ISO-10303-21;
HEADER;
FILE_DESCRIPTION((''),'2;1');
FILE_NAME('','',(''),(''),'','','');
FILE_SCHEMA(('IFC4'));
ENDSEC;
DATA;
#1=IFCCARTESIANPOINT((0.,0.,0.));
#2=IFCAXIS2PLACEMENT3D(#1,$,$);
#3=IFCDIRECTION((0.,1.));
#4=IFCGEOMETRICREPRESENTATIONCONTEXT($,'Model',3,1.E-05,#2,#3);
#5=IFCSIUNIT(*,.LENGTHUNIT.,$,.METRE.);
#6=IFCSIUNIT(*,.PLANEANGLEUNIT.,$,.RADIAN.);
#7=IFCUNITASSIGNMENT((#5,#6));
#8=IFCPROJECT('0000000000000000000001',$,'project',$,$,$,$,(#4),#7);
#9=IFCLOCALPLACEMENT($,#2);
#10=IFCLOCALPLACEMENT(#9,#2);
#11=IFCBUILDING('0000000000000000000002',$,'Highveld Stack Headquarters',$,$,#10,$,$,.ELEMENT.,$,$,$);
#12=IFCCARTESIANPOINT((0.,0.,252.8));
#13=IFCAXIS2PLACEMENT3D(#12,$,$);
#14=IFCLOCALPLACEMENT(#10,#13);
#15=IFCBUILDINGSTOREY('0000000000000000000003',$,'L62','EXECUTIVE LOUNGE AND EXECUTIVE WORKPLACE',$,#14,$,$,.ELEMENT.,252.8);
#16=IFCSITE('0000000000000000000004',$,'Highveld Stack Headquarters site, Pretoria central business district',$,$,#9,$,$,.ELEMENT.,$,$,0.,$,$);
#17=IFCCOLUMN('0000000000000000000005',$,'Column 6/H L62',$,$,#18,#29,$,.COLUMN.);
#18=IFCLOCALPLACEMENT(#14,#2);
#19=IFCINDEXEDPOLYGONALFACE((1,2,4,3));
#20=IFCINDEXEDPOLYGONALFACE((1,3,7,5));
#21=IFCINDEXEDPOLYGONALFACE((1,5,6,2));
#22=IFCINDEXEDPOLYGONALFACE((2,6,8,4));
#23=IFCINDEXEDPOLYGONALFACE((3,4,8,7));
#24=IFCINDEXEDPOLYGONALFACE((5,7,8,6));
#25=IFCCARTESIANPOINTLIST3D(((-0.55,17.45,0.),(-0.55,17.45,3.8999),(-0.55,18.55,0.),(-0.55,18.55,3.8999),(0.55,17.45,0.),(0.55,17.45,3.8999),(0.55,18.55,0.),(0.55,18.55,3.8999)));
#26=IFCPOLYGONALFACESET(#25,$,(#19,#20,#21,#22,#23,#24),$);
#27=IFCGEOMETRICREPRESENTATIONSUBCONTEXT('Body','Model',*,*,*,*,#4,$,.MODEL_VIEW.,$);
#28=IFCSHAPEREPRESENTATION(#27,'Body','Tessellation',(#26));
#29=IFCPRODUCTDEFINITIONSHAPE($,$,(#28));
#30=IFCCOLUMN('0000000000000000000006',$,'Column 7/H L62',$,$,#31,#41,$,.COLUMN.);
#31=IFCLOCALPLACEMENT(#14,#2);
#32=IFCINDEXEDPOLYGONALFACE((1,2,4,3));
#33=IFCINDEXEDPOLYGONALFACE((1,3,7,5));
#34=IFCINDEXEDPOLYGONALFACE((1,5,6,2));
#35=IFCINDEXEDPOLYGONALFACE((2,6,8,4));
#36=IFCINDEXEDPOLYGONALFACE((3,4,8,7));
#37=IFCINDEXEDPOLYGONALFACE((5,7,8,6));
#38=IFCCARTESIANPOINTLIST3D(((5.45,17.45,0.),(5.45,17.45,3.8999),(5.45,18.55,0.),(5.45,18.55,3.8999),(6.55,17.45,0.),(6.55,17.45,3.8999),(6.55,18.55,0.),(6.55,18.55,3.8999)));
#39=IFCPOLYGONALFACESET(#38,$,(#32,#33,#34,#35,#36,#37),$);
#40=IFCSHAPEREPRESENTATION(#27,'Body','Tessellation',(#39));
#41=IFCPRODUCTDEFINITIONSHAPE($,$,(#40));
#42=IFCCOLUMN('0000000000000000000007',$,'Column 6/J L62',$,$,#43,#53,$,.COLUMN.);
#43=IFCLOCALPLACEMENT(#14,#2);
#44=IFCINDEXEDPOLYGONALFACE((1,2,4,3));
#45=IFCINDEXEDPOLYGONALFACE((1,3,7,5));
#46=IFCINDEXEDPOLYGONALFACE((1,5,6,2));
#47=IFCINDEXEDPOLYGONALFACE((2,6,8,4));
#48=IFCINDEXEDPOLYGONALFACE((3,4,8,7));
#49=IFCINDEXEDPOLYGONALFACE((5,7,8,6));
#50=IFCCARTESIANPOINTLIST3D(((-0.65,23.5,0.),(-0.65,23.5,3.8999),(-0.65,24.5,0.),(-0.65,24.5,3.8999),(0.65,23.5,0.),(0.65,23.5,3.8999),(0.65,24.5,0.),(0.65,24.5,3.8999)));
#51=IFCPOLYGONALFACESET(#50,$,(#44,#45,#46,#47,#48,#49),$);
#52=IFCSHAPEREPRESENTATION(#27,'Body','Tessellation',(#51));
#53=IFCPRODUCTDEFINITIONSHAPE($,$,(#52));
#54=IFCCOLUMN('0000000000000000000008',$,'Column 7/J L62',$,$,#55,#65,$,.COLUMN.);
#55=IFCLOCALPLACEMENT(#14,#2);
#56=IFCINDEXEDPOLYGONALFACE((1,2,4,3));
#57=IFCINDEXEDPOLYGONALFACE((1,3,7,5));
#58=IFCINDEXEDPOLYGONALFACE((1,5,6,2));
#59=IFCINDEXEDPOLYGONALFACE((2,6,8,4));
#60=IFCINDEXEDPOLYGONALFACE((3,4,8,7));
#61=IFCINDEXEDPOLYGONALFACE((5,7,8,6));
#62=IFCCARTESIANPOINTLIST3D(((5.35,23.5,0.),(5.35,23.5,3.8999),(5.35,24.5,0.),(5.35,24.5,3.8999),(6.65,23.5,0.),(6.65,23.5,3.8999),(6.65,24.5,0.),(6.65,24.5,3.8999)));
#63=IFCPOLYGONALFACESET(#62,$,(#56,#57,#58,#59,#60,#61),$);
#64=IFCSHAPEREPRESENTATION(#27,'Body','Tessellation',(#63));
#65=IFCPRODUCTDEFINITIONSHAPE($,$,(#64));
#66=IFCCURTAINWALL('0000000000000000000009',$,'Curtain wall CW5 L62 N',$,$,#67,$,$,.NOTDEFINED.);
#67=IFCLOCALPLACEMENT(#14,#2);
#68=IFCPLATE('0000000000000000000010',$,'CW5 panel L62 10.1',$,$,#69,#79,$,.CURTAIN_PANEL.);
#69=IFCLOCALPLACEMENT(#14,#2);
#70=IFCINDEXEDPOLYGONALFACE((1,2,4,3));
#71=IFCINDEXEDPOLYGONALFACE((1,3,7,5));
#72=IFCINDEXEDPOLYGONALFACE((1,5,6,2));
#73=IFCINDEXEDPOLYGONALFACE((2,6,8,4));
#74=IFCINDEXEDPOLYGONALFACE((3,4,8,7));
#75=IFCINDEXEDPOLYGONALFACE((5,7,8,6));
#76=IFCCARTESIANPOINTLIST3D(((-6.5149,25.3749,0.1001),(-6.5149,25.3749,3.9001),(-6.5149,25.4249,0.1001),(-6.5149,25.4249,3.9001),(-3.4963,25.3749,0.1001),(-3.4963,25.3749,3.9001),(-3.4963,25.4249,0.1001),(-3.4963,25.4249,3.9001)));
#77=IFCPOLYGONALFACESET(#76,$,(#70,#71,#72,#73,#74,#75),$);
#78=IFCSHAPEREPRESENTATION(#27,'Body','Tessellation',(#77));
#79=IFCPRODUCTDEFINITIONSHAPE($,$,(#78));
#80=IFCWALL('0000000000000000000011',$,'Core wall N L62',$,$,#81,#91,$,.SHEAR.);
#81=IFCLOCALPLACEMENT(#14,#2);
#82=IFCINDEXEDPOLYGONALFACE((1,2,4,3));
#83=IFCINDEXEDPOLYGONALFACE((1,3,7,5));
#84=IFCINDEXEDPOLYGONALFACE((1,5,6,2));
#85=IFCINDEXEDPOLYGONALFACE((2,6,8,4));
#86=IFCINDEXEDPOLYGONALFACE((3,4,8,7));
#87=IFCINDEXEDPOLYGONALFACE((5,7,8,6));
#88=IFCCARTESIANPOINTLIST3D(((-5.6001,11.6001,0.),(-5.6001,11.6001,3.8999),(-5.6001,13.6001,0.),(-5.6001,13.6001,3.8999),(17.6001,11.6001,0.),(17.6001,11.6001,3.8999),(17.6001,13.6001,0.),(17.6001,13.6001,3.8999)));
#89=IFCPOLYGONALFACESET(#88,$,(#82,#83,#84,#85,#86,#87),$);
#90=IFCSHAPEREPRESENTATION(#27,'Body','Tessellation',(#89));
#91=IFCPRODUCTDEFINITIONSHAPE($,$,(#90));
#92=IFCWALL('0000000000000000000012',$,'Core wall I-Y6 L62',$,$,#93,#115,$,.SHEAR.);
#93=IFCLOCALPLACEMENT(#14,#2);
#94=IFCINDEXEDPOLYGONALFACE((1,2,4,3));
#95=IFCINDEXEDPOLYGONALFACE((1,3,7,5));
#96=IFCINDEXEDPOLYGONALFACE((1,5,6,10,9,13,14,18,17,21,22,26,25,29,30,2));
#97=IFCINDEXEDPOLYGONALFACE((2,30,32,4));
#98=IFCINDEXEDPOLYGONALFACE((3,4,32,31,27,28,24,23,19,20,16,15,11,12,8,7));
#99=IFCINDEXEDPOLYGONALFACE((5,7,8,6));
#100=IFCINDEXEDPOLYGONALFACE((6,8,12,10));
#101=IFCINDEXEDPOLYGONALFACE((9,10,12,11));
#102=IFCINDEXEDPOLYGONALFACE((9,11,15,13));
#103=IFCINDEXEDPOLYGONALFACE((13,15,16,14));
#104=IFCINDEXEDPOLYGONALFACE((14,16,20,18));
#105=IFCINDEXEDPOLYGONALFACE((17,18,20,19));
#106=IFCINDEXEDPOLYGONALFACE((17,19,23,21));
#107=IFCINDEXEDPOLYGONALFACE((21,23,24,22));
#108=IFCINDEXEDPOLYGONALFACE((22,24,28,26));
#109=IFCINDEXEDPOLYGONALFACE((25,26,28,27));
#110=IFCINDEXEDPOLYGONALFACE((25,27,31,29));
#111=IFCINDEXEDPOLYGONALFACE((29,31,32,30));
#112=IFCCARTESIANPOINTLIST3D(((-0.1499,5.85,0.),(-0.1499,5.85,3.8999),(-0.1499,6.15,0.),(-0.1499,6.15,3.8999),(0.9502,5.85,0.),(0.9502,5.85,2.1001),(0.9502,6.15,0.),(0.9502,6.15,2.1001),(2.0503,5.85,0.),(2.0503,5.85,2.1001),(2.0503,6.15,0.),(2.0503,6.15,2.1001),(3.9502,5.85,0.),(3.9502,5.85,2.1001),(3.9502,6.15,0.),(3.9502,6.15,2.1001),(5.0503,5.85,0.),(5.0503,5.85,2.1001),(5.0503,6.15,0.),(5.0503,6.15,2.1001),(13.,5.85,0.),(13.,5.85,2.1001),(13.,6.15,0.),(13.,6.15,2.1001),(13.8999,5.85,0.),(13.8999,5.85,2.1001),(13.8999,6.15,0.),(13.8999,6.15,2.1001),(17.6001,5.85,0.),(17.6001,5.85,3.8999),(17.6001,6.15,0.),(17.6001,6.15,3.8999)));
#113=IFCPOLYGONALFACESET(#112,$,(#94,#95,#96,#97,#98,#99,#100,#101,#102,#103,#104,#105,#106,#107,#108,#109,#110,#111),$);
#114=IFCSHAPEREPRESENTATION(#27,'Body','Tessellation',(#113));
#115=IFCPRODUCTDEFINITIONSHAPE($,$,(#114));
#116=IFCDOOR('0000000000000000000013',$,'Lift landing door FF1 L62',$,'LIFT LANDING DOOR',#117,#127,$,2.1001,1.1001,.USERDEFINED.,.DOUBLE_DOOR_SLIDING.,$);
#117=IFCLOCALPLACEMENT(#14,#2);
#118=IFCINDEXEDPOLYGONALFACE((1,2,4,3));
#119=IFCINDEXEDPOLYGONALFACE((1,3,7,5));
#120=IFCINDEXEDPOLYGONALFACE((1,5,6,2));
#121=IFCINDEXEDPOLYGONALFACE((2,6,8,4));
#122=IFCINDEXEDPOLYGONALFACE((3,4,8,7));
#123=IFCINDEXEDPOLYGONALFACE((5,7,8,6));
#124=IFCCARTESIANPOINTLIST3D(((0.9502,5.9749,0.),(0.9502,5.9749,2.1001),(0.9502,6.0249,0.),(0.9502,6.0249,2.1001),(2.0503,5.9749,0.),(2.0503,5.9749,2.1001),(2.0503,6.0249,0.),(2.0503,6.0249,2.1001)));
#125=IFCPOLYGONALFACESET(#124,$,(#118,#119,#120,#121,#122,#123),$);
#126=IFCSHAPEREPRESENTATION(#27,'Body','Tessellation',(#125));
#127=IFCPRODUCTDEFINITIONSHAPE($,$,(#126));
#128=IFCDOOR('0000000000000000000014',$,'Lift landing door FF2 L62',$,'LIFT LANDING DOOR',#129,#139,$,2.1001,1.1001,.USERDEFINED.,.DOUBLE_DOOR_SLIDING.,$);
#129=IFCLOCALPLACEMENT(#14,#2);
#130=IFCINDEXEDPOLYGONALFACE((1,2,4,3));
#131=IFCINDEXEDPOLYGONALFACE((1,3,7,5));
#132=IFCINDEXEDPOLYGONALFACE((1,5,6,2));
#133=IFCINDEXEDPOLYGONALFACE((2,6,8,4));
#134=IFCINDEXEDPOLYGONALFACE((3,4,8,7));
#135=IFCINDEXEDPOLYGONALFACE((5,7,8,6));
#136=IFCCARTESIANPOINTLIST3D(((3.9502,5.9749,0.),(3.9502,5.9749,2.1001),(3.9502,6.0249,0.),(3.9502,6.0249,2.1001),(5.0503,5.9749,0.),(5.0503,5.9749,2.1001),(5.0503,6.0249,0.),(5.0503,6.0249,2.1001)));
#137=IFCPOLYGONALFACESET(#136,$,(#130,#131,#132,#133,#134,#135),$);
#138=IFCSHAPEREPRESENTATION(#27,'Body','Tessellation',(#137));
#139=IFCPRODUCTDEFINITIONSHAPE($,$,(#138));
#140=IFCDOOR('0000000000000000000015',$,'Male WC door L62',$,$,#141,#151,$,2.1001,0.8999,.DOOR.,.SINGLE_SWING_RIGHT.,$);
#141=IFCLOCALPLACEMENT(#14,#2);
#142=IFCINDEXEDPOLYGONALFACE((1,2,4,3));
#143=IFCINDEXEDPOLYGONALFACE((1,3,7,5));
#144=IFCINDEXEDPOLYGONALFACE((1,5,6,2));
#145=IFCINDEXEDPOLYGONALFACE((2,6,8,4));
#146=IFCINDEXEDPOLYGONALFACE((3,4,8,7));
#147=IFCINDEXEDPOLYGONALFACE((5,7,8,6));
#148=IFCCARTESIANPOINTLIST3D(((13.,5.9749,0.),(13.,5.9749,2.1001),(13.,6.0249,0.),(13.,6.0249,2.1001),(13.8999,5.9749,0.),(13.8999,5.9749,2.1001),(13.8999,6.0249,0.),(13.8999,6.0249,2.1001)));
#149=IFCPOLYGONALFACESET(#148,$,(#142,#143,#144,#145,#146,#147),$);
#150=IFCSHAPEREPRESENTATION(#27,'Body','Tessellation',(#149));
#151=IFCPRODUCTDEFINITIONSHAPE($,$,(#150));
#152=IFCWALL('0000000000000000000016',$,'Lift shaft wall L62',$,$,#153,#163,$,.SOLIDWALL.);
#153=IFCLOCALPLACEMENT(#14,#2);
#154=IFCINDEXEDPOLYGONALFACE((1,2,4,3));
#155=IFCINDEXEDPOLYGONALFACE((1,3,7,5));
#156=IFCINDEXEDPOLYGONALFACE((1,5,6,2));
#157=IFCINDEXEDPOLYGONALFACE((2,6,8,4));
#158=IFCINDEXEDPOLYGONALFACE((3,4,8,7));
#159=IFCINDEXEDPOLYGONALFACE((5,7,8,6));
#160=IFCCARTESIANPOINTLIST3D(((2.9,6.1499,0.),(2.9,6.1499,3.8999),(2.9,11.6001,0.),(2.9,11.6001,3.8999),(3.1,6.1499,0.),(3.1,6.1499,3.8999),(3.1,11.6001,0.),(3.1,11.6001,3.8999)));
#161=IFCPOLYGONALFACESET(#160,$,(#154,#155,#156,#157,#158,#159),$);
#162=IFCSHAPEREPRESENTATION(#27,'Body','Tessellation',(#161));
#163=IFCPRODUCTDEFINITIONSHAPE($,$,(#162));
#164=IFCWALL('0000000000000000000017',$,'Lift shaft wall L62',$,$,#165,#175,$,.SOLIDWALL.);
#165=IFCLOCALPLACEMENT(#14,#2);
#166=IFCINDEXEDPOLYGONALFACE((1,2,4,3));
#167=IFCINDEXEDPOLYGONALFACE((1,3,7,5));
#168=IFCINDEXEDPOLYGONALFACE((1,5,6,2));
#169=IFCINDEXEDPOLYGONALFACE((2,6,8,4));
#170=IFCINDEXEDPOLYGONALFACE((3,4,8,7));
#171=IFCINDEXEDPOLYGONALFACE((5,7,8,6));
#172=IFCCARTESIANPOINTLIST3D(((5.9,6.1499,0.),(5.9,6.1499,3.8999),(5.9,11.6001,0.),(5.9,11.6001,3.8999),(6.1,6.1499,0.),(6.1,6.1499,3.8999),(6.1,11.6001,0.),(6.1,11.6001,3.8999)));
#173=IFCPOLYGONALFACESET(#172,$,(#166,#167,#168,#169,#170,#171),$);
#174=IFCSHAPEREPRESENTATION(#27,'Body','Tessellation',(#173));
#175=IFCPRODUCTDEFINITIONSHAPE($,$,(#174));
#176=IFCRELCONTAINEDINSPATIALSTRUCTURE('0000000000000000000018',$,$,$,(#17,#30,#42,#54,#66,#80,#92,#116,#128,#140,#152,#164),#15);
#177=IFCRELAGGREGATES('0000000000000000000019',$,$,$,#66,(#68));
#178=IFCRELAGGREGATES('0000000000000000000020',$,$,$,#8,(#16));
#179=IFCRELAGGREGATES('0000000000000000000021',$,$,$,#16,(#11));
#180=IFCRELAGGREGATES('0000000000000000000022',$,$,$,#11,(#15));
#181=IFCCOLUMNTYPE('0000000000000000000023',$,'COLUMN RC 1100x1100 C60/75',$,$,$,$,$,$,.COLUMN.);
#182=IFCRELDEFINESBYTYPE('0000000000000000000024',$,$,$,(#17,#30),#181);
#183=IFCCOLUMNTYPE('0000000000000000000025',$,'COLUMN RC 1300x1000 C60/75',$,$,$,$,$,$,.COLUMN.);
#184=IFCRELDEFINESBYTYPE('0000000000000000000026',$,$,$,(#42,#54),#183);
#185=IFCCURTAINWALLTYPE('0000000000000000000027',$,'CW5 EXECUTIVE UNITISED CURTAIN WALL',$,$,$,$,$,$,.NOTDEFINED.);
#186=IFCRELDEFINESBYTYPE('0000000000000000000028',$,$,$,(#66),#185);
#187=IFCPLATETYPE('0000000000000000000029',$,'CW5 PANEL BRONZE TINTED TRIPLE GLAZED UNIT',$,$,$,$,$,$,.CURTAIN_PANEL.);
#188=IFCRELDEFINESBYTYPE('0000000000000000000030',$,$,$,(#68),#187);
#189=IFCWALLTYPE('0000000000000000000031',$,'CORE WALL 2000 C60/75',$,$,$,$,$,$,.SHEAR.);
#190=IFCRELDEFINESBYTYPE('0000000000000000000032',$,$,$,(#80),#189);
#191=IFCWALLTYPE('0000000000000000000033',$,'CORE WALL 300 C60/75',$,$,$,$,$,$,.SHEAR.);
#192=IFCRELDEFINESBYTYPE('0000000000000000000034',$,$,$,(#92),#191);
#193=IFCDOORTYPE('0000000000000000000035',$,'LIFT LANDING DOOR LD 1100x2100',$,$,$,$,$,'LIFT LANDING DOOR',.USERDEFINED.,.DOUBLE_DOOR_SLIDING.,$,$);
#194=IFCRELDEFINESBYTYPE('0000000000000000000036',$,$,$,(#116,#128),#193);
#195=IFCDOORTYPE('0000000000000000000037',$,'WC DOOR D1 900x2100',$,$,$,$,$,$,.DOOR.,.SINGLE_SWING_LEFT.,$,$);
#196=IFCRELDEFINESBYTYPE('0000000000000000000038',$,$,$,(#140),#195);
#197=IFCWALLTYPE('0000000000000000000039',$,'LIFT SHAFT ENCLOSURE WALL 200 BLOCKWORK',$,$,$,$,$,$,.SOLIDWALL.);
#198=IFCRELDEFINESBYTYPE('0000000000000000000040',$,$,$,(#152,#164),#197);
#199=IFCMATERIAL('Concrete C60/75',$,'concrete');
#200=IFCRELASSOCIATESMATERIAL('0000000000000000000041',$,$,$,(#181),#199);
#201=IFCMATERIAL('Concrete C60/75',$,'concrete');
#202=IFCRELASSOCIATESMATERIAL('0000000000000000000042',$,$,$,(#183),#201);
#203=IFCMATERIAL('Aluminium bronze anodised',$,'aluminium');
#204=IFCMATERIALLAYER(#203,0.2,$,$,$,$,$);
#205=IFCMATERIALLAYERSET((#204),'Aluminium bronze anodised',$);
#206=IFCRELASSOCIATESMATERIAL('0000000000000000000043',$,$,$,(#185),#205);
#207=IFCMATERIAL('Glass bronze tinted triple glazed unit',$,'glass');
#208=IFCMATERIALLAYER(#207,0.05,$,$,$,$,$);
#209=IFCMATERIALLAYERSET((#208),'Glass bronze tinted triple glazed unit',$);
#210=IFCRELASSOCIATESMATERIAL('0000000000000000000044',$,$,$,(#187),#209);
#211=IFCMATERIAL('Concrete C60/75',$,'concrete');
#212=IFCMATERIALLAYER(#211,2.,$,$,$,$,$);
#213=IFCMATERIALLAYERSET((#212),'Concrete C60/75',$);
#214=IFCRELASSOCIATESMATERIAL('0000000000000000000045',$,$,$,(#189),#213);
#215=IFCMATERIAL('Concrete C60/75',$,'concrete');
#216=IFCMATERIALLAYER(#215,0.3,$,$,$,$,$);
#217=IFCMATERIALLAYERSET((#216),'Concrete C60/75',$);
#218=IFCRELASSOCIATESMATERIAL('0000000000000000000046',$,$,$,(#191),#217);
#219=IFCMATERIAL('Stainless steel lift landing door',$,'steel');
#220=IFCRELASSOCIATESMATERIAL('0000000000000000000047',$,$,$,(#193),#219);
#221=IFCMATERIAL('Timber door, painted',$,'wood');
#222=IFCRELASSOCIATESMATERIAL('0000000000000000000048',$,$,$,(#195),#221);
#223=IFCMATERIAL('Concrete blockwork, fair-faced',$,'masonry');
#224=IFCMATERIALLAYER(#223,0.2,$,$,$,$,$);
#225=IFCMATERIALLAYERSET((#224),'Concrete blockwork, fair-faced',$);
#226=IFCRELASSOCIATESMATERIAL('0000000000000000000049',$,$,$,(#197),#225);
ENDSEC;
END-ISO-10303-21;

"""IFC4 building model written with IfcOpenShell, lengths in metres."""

from ifc_helpers import new_model, si_unit, direction, frame, frame_2d, origin, origin_2d, place, context, subcontext, project, spatial, rectangle, extrude, material, layer, layer_set, material_profile, profile_set, type_object, element, fill, aggregate, save


model = new_model("IFC4")

# Units and contexts
model_context = context("Model", 3, precision=1e-05, world=origin(), true_north=direction((0.0, 1.0)))
body_context = subcontext(model_context, "Body", "Model", "MODEL_VIEW")
ifc_project = project(units=[si_unit("LENGTHUNIT", "METRE"), si_unit("PLANEANGLEUNIT", "RADIAN")], contexts=[model_context])

# Site, building, storey
site_placement = place(None, origin())
site = spatial("IfcSite", under=ifc_project, at=site_placement, Name="Highveld Stack Headquarters site, Pretoria central business district", CompositionType="ELEMENT", RefElevation=0.0)
building_placement = place(site_placement, origin())
building = spatial("IfcBuilding", under=site, at=building_placement, Name="Highveld Stack Headquarters", CompositionType="ELEMENT")
storey_placement = place(building_placement, frame((0.0, 0.0, 252.8)))
storey = spatial("IfcBuildingStorey", under=building, at=storey_placement, Name="L62", Description="EXECUTIVE LOUNGE AND EXECUTIVE WORKPLACE", CompositionType="ELEMENT", Elevation=252.8)

# Columns
ifc_material_1 = material(Name="Concrete C60/75", Category="concrete")
ifc_material_profile_1 = material_profile(ifc_material_1, rectangle(XDim=1.1001, YDim=1.1001, at=origin_2d()), Name="RC 1100x1100")
ifc_profile_set_1 = profile_set([ifc_material_profile_1], Name="Concrete C60/75")
column_type_1 = type_object("IfcColumnType", Name="COLUMN RC 1100x1100 C60/75", PredefinedType="COLUMN", material=ifc_profile_set_1)
for number, where, z_axis, x_axis, name in (
    (1, (0.0, 18.0, 0.0), (0.0, 0.0, 1.0), (1.0, 0.0, 0.0), "Column 6/H L62"),
    (2, (6.0, 18.0, 0.0), (0.0, 0.0, 1.0), (1.0, 0.0, 0.0), "Column 7/H L62"),
):
    element("IfcColumn", number, at=place(storey_placement, frame(where, z_axis=z_axis, x_axis=x_axis)), inside=storey, type_object=column_type_1, Name=name, PredefinedType="COLUMN", context=body_context, shape_type="SweptSolid", body=[
        extrude(rectangle(XDim=1.1001, YDim=1.1001, at=origin_2d()), origin(), (0.0, 0.0, 1.0), 3.8999),
    ])
ifc_material_2 = material(Name="Concrete C60/75", Category="concrete")
ifc_material_profile_2 = material_profile(ifc_material_2, rectangle(XDim=1.3, YDim=1.0, at=origin_2d()), Name="RC 1300x1000")
ifc_profile_set_2 = profile_set([ifc_material_profile_2], Name="Concrete C60/75")
column_type_2 = type_object("IfcColumnType", Name="COLUMN RC 1300x1000 C60/75", PredefinedType="COLUMN", material=ifc_profile_set_2)
for number, where, z_axis, x_axis, name in (
    (3, (0.0, 24.0, 0.0), (0.0, 0.0, 1.0), (1.0, 0.0, 0.0), "Column 6/J L62"),
    (4, (6.0, 24.0, 0.0), (0.0, 0.0, 1.0), (1.0, 0.0, 0.0), "Column 7/J L62"),
):
    element("IfcColumn", number, at=place(storey_placement, frame(where, z_axis=z_axis, x_axis=x_axis)), inside=storey, type_object=column_type_2, Name=name, PredefinedType="COLUMN", context=body_context, shape_type="SweptSolid", body=[
        extrude(rectangle(XDim=1.3, YDim=1.0, at=origin_2d()), origin(), (0.0, 0.0, 1.0), 3.8999),
    ])

# Curtain wall, plate
ifc_material_3 = material(Name="Aluminium bronze anodised", Category="aluminium")
ifc_layer_1 = layer(ifc_material_3, 0.2)
ifc_layer_set_1 = layer_set([ifc_layer_1], Name="Aluminium bronze anodised")
curtain_wall_type = type_object("IfcCurtainWallType", Name="CW5 EXECUTIVE UNITISED CURTAIN WALL", PredefinedType="NOTDEFINED", material=ifc_layer_set_1)
curtain_wall_placement = place(storey_placement, origin())
curtain_wall = element("IfcCurtainWall", 5, at=curtain_wall_placement, inside=storey, type_object=curtain_wall_type, Name="Curtain wall CW5 L62 N", PredefinedType="NOTDEFINED")
ifc_material_4 = material(Name="Glass bronze tinted triple glazed unit", Category="glass")
ifc_layer_2 = layer(ifc_material_4, 0.05)
ifc_layer_set_2 = layer_set([ifc_layer_2], Name="Glass bronze tinted triple glazed unit")
plate_type = type_object("IfcPlateType", Name="CW5 PANEL BRONZE TINTED TRIPLE GLAZED UNIT", PredefinedType="CURTAIN_PANEL", material=ifc_layer_set_2)
plate_placement = place(storey_placement, frame((-5.0056, 25.3999, 0.1001), z_axis=(0.0, 0.0, 1.0), x_axis=(-1.0, 0.0, 0.0)))
plate = element("IfcPlate", 6, at=plate_placement, type_object=plate_type, Name="CW5 panel L62 10.1", PredefinedType="CURTAIN_PANEL", context=body_context, shape_type="SweptSolid", body=[
    extrude(rectangle(XDim=3.0186, YDim=0.05, at=origin_2d()), origin(), (0.0, 0.0, 1.0), 3.8),
])
aggregate(curtain_wall, [plate])

# Wall
ifc_material_5 = material(Name="Concrete C60/75", Category="concrete")
ifc_layer_3 = layer(ifc_material_5, 2.0)
ifc_layer_set_3 = layer_set([ifc_layer_3], Name="Concrete C60/75")
wall_type_1 = type_object("IfcWallType", Name="CORE WALL 2000 C60/75", PredefinedType="SHEAR", material=ifc_layer_set_3)
wall_1_placement = place(storey_placement, frame((-5.6001, 12.6001, 0.0), z_axis=(0.0, 0.0, 1.0), x_axis=(1.0, 0.0, 0.0)))
element("IfcWall", 7, at=wall_1_placement, inside=storey, type_object=wall_type_1, Name="Core wall N L62", PredefinedType="SHEAR", context=body_context, shape_type="SweptSolid", body=[
    extrude(rectangle(XDim=23.2002, YDim=2.0, at=frame_2d((11.6001, 0.0))), origin(), (0.0, 0.0, 1.0), 3.8999),
])

# Wall, openings, doors
ifc_material_6 = material(Name="Concrete C60/75", Category="concrete")
ifc_layer_4 = layer(ifc_material_6, 0.3)
ifc_layer_set_4 = layer_set([ifc_layer_4], Name="Concrete C60/75")
wall_type_2 = type_object("IfcWallType", Name="CORE WALL 300 C60/75", PredefinedType="SHEAR", material=ifc_layer_set_4)
wall_2_placement = place(storey_placement, frame((-0.1499, 6.0, 0.0), z_axis=(0.0, 0.0, 1.0), x_axis=(1.0, 0.0, 0.0)))
wall_2 = element("IfcWall", 8, at=wall_2_placement, inside=storey, type_object=wall_type_2, Name="Core wall I-Y6 L62", PredefinedType="SHEAR", context=body_context, shape_type="SweptSolid", body=[
    extrude(rectangle(XDim=17.75, YDim=0.3, at=frame_2d((8.875, 0.0))), origin(), (0.0, 0.0, 1.0), 3.8999),
])
opening_1_placement = place(wall_2_placement, frame((13.1499, 0.0, 0.0)))
opening_1 = element("IfcOpeningElement", 9, at=opening_1_placement, cuts=wall_2, PredefinedType="OPENING", context=body_context, shape_type="SweptSolid", body=[
    extrude(rectangle(XDim=0.8999, YDim=2.1001, at=frame_2d((0.45, 1.05))), frame((0.0, 0.1599, 0.0), z_axis=(0.0, -1.0, 0.0), x_axis=(1.0, 0.0, 0.0)), (0.0, 0.0, 1.0), 0.3201),
])
opening_2_placement = place(wall_2_placement, frame((1.1001, 0.0, 0.0)))
opening_2 = element("IfcOpeningElement", 10, at=opening_2_placement, cuts=wall_2, PredefinedType="OPENING", context=body_context, shape_type="SweptSolid", body=[
    extrude(rectangle(XDim=1.1001, YDim=2.1001, at=frame_2d((0.55, 1.05))), frame((0.0, 0.1599, 0.0), z_axis=(0.0, -1.0, 0.0), x_axis=(1.0, 0.0, 0.0)), (0.0, 0.0, 1.0), 0.3201),
])
opening_3_placement = place(wall_2_placement, frame((4.1001, 0.0, 0.0)))
opening_3 = element("IfcOpeningElement", 11, at=opening_3_placement, cuts=wall_2, PredefinedType="OPENING", context=body_context, shape_type="SweptSolid", body=[
    extrude(rectangle(XDim=1.1001, YDim=2.1001, at=frame_2d((0.55, 1.05))), frame((0.0, 0.1599, 0.0), z_axis=(0.0, -1.0, 0.0), x_axis=(1.0, 0.0, 0.0)), (0.0, 0.0, 1.0), 0.3201),
])
ifc_material_7 = material(Name="Stainless steel lift landing door", Category="steel")
door_type_1 = type_object("IfcDoorType", Name="LIFT LANDING DOOR LD 1100x2100", ElementType="LIFT LANDING DOOR", OperationType="DOUBLE_DOOR_SLIDING", PredefinedType="USERDEFINED", material=ifc_material_7)
door_1_placement = place(opening_2_placement, origin())
door_1 = element("IfcDoor", 12, at=door_1_placement, inside=storey, type_object=door_type_1, Name="Lift landing door FF1 L62", ObjectType="LIFT LANDING DOOR", OperationType="DOUBLE_DOOR_SLIDING", OverallHeight=2.1001, OverallWidth=1.1001, PredefinedType="USERDEFINED", context=body_context, shape_type="SweptSolid", body=[
    extrude(rectangle(XDim=1.1001, YDim=2.1001, at=frame_2d((0.55, 1.05))), frame((0.0, 0.0249, 0.0), z_axis=(0.0, -1.0, 0.0), x_axis=(1.0, 0.0, 0.0)), (0.0, 0.0, 1.0), 0.05),
])
fill(opening_2, door_1)
door_2_placement = place(opening_3_placement, origin())
door_2 = element("IfcDoor", 13, at=door_2_placement, inside=storey, type_object=door_type_1, Name="Lift landing door FF2 L62", ObjectType="LIFT LANDING DOOR", OperationType="DOUBLE_DOOR_SLIDING", OverallHeight=2.1001, OverallWidth=1.1001, PredefinedType="USERDEFINED", context=body_context, shape_type="SweptSolid", body=[
    extrude(rectangle(XDim=1.1001, YDim=2.1001, at=frame_2d((0.55, 1.05))), frame((0.0, 0.0249, 0.0), z_axis=(0.0, -1.0, 0.0), x_axis=(1.0, 0.0, 0.0)), (0.0, 0.0, 1.0), 0.05),
])
fill(opening_3, door_2)
ifc_material_8 = material(Name="Timber door, painted", Category="wood")
door_type_2 = type_object("IfcDoorType", Name="WC DOOR D1 900x2100", OperationType="SINGLE_SWING_LEFT", PredefinedType="DOOR", material=ifc_material_8)
door_3_placement = place(opening_1_placement, origin())
door_3 = element("IfcDoor", 14, at=door_3_placement, inside=storey, type_object=door_type_2, Name="Male WC door L62", OperationType="SINGLE_SWING_RIGHT", OverallHeight=2.1001, OverallWidth=0.8999, PredefinedType="DOOR", context=body_context, shape_type="SweptSolid", body=[
    extrude(rectangle(XDim=0.8999, YDim=2.1001, at=frame_2d((0.45, 1.05))), frame((0.0, 0.0249, 0.0), z_axis=(0.0, -1.0, 0.0), x_axis=(1.0, 0.0, 0.0)), (0.0, 0.0, 1.0), 0.05),
])
fill(opening_1, door_3)

# Walls
ifc_material_9 = material(Name="Concrete blockwork, fair-faced", Category="masonry")
ifc_layer_5 = layer(ifc_material_9, 0.2)
ifc_layer_set_5 = layer_set([ifc_layer_5], Name="Concrete blockwork, fair-faced")
wall_type_3 = type_object("IfcWallType", Name="LIFT SHAFT ENCLOSURE WALL 200 BLOCKWORK", PredefinedType="SOLIDWALL", material=ifc_layer_set_5)
for number, where, z_axis, x_axis, name in (
    (15, (3.0, 6.1499, 0.0), (0.0, 0.0, 1.0), (0.0, 1.0, 0.0), "Lift shaft wall L62"),
    (16, (6.0, 6.1499, 0.0), (0.0, 0.0, 1.0), (0.0, 1.0, 0.0), "Lift shaft wall L62"),
):
    element("IfcWall", number, at=place(storey_placement, frame(where, z_axis=z_axis, x_axis=x_axis)), inside=storey, type_object=wall_type_3, Name=name, PredefinedType="SOLIDWALL", context=body_context, shape_type="SweptSolid", body=[
        extrude(rectangle(XDim=5.4502, YDim=0.2, at=frame_2d((2.7251, 0.0))), origin(), (0.0, 0.0, 1.0), 3.8999),
    ])

save(model, "model.ifc")
